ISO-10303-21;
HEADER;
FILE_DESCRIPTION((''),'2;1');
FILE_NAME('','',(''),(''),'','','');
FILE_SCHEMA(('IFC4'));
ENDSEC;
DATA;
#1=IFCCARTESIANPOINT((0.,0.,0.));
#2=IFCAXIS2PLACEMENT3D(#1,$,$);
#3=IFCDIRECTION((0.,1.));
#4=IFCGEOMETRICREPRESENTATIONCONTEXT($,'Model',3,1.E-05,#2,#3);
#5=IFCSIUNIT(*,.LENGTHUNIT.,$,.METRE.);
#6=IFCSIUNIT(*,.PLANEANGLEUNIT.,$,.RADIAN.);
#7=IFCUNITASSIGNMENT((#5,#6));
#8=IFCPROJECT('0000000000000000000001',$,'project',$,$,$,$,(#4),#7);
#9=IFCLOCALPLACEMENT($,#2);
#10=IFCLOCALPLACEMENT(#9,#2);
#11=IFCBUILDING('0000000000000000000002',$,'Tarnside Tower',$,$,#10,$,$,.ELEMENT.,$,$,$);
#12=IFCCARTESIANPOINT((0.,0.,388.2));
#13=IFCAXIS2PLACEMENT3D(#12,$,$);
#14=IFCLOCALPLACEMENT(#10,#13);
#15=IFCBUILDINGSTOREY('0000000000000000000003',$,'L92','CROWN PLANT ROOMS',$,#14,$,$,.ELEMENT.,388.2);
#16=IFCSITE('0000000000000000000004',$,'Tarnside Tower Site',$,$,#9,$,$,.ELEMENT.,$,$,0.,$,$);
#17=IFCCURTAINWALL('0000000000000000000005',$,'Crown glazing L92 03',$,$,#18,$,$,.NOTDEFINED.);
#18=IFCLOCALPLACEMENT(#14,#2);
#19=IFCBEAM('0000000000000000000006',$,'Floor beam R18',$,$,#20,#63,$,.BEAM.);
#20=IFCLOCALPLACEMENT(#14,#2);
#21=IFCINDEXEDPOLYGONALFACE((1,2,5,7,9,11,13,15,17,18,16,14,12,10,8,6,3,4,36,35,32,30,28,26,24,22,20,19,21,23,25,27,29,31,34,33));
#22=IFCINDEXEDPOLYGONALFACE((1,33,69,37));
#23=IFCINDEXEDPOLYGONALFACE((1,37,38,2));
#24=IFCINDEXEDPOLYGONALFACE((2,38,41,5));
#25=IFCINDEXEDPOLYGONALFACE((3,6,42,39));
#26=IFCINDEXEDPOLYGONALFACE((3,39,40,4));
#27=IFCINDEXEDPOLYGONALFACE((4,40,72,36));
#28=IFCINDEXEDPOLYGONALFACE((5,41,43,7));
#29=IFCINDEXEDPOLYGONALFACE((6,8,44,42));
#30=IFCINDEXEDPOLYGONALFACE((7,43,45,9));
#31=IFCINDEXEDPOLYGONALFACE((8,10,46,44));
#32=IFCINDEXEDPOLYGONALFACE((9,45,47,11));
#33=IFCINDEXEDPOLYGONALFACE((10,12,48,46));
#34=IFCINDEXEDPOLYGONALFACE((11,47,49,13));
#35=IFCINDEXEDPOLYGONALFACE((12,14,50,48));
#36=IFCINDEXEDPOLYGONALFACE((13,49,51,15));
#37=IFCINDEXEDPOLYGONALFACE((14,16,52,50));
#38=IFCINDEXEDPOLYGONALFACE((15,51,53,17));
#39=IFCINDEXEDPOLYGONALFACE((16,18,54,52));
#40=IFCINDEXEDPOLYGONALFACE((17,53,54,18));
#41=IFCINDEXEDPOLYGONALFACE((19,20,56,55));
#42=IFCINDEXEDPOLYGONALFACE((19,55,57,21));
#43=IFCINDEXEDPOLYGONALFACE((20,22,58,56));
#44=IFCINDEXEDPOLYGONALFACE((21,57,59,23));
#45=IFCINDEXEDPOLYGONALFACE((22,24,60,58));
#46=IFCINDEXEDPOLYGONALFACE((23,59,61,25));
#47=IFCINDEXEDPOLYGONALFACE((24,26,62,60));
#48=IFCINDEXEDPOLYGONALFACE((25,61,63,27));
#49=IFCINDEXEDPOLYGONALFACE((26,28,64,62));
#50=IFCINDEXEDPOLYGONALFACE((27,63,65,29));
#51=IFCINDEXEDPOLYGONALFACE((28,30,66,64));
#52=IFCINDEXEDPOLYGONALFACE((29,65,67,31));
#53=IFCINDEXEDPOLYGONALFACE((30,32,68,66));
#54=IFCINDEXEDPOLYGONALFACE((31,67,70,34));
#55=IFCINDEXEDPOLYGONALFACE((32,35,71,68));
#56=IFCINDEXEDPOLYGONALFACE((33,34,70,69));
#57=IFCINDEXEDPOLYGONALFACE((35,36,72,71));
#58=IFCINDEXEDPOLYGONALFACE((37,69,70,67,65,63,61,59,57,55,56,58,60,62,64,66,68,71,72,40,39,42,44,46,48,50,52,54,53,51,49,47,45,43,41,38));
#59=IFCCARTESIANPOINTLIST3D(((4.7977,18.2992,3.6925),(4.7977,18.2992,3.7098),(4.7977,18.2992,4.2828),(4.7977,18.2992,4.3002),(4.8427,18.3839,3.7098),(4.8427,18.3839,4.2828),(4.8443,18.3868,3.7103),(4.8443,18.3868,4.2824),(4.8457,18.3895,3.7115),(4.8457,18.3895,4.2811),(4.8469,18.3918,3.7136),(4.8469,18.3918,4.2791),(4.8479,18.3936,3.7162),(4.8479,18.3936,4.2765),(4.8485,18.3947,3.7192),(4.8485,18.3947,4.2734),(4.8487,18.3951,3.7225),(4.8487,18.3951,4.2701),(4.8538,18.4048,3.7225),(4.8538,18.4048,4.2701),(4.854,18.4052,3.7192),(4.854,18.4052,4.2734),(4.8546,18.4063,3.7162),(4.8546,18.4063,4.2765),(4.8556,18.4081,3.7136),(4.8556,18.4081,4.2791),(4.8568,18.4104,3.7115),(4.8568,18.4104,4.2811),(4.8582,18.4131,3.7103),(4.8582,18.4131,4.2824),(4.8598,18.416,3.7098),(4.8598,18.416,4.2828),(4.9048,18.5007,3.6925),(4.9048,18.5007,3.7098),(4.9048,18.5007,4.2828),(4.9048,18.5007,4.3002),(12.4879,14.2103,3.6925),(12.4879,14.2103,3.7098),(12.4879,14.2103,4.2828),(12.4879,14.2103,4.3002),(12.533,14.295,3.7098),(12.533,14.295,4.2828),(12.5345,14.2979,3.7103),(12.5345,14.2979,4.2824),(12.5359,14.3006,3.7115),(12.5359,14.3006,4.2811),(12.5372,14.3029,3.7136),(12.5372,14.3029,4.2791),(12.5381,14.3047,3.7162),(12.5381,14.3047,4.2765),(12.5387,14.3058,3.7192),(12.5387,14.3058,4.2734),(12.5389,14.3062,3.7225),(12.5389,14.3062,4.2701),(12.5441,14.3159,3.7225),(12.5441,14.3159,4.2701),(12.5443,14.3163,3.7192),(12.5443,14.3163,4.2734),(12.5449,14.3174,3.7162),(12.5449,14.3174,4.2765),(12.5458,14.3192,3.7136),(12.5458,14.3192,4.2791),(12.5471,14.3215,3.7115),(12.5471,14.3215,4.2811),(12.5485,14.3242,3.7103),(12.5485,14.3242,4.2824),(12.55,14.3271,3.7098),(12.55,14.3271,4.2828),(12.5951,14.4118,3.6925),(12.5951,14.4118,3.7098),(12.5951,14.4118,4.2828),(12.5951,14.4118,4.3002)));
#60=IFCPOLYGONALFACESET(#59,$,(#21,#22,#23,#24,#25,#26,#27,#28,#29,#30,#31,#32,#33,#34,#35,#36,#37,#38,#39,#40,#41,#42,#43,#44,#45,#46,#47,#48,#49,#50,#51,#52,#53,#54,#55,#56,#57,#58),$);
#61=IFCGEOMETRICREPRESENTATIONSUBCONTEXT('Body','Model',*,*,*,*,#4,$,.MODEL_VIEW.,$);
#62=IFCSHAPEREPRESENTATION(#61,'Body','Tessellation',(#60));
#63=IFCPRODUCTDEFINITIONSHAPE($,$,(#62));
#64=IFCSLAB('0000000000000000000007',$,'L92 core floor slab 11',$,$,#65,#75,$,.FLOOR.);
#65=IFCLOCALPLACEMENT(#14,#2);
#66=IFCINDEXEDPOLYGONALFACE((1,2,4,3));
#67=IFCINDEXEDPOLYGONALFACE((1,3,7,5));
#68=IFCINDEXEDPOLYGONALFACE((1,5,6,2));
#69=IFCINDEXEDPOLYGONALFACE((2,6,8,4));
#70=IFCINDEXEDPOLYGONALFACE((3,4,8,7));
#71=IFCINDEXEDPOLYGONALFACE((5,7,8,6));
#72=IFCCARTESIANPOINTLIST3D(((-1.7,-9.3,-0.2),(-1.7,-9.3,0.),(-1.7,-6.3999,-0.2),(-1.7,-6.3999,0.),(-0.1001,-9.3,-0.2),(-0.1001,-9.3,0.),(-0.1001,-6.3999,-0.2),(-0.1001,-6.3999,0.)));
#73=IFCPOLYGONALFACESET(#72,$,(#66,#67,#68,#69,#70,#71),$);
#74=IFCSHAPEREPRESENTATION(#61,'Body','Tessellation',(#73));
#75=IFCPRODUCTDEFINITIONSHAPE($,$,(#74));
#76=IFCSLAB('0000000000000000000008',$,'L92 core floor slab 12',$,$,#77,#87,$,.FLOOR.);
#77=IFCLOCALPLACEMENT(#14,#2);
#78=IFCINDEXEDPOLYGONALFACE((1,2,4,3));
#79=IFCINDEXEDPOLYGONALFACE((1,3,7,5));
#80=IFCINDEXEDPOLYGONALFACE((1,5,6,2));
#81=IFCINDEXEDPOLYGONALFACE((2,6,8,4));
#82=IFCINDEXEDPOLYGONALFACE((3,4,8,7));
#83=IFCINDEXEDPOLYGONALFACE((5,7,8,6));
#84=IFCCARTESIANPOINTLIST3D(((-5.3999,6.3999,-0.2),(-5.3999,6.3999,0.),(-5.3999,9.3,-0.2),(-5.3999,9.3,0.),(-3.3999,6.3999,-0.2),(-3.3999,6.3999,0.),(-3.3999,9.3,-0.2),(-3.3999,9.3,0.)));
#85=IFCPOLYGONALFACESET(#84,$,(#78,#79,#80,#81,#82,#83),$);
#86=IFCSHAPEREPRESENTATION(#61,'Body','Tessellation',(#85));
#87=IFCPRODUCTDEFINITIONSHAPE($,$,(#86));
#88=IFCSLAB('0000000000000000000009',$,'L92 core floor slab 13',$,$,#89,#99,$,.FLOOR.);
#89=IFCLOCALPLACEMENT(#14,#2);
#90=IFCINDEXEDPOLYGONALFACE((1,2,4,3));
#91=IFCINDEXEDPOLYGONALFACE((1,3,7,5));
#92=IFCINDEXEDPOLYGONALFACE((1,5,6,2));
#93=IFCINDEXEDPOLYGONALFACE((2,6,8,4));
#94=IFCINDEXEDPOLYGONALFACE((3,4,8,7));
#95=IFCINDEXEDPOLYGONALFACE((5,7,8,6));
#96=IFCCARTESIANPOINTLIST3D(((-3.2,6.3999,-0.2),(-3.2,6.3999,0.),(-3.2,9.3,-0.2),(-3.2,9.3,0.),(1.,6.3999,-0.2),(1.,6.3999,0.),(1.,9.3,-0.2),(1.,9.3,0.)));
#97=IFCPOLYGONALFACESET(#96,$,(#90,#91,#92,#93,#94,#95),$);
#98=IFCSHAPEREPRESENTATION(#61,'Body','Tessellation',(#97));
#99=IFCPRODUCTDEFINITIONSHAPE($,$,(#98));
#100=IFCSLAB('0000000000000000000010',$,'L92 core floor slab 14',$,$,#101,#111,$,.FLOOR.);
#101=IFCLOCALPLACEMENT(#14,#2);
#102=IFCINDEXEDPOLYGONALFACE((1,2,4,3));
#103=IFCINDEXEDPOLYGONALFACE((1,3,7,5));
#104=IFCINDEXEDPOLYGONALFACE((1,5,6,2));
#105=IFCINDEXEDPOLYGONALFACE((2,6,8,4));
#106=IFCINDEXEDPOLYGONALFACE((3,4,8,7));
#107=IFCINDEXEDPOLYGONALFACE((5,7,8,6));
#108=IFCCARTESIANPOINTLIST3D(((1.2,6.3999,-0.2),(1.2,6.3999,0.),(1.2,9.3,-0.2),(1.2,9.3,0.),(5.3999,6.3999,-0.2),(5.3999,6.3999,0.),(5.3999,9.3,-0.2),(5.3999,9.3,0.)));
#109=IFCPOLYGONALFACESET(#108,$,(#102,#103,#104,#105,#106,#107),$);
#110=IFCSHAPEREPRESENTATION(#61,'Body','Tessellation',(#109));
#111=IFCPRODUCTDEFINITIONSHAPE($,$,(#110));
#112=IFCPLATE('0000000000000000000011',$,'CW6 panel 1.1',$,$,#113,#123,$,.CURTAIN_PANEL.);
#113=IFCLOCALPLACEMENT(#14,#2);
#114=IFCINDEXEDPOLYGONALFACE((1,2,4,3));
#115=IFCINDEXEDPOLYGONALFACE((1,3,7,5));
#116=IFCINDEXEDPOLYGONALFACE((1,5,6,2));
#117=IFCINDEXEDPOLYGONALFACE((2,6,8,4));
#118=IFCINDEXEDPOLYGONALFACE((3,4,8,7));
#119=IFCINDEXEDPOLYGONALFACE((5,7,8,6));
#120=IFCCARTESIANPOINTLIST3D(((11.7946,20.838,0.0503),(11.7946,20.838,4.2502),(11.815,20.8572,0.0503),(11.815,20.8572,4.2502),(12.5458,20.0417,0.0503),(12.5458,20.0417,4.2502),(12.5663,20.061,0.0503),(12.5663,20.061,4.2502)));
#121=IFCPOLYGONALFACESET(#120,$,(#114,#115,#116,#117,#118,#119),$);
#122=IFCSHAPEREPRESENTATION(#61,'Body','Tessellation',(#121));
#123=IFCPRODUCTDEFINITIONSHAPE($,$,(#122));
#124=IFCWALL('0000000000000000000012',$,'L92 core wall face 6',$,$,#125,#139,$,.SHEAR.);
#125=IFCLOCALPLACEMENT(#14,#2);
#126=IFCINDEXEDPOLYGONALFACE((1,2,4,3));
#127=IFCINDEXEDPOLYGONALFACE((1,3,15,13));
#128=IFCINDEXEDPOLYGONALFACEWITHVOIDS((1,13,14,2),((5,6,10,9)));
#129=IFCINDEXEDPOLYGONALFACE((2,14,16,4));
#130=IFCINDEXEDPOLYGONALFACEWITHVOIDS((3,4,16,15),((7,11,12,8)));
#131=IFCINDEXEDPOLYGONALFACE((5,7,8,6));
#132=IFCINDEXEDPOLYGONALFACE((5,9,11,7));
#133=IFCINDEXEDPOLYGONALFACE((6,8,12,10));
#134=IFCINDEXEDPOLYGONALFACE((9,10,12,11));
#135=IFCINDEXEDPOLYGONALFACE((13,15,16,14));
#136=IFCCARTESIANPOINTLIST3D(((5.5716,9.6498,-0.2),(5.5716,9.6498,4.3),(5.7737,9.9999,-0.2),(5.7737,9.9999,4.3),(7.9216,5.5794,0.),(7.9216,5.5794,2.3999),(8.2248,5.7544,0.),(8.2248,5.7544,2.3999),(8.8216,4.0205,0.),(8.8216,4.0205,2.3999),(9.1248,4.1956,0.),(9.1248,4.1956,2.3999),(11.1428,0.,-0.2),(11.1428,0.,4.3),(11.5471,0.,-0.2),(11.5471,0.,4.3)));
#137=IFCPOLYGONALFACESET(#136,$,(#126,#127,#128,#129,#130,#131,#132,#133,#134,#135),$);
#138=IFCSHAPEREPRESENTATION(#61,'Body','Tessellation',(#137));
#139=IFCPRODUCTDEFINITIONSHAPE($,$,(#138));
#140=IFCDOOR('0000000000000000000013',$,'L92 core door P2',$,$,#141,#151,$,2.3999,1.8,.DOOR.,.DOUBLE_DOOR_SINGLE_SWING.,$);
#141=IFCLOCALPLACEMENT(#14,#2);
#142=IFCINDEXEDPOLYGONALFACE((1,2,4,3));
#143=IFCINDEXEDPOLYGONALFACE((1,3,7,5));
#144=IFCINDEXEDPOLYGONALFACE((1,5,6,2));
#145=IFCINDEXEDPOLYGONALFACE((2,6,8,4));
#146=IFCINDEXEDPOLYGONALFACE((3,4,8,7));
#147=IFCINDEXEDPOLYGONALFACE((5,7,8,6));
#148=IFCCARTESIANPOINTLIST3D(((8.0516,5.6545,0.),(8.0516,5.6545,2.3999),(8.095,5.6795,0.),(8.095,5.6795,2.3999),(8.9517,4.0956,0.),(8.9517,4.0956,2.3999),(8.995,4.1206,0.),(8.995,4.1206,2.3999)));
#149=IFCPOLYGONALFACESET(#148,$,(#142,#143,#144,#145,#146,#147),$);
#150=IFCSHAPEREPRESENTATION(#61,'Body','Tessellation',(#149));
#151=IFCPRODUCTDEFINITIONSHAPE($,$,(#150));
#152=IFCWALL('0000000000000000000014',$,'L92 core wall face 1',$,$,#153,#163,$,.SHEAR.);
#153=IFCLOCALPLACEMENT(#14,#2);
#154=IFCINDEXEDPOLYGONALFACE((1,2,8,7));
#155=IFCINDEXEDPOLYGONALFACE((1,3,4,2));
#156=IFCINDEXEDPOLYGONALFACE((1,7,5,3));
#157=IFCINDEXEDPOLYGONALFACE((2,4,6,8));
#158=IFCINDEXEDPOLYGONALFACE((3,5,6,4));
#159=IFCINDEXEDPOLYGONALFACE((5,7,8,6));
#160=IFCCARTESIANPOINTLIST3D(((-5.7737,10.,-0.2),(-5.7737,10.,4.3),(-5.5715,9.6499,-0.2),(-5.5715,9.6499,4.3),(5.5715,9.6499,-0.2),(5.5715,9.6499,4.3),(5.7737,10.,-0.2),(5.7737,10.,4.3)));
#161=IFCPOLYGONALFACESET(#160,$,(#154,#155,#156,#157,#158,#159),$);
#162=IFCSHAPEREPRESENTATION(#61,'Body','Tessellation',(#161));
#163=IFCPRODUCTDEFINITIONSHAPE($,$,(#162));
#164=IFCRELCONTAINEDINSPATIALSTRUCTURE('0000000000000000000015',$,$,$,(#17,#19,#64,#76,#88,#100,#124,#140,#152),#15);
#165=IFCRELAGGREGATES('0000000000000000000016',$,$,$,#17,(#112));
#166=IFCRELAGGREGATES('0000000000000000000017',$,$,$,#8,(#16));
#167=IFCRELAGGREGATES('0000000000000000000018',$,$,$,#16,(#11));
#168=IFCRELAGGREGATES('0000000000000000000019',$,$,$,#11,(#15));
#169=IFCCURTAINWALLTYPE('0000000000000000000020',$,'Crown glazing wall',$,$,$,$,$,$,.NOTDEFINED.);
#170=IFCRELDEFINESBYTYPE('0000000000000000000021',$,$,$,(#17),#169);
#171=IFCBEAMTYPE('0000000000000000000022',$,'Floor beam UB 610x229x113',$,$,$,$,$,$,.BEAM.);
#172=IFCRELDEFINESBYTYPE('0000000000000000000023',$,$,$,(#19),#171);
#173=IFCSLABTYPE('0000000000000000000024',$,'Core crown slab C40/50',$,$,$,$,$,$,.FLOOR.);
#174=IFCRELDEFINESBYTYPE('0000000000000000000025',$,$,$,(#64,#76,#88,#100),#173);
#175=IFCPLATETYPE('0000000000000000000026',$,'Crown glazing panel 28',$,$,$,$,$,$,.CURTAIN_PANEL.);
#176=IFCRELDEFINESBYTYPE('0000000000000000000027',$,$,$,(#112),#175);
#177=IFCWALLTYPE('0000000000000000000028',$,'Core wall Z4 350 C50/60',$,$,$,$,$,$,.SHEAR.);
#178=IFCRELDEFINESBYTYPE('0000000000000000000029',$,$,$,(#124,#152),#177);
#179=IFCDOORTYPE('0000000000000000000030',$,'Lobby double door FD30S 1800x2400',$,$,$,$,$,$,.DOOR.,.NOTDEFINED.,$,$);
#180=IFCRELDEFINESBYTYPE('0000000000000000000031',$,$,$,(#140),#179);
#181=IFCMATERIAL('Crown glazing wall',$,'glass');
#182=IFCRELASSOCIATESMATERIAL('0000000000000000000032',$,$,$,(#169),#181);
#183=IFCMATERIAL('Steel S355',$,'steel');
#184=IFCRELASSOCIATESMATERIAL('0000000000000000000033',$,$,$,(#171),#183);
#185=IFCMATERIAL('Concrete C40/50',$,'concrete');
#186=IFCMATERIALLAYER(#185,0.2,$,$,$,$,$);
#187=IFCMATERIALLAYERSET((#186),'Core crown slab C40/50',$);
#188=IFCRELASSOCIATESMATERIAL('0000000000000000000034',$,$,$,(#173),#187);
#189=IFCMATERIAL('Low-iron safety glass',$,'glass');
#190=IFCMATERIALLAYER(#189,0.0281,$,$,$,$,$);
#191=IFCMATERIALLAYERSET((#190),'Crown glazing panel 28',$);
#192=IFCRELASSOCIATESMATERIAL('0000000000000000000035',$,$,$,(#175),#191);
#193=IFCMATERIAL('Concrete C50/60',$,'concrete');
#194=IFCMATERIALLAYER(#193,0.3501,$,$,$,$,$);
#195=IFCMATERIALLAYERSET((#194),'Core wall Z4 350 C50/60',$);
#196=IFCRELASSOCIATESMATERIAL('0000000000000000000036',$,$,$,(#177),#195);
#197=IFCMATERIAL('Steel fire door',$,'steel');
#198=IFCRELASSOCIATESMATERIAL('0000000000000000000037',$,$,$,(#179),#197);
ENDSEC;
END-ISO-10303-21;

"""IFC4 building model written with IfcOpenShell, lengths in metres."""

from ifc_helpers import new_model, si_unit, direction, frame, frame_2d, origin, origin_2d, place, context, subcontext, project, spatial, polyline, rectangle, i_section, outline, extrude, material, layer, layer_set, material_profile, profile_set, type_object, element, fill, aggregate, save


model = new_model("IFC4")

# Units and contexts
model_context = context("Model", 3, precision=1e-05, world=origin(), true_north=direction((0.0, 1.0)))
body_context = subcontext(model_context, "Body", "Model", "MODEL_VIEW")
ifc_project = project(units=[si_unit("LENGTHUNIT", "METRE"), si_unit("PLANEANGLEUNIT", "RADIAN")], contexts=[model_context])

# Site, building, storey
site_placement = place(None, origin())
site = spatial("IfcSite", under=ifc_project, at=site_placement, Name="Tarnside Tower Site", CompositionType="ELEMENT", RefElevation=0.0)
building_placement = place(site_placement, origin())
building = spatial("IfcBuilding", under=site, at=building_placement, Name="Tarnside Tower", CompositionType="ELEMENT")
storey_placement = place(building_placement, frame((0.0, 0.0, 388.2)))
storey = spatial("IfcBuildingStorey", under=building, at=storey_placement, Name="L92", Description="CROWN PLANT ROOMS", CompositionType="ELEMENT", Elevation=388.2)

# Curtain wall
ifc_material_1 = material(Name="Crown glazing wall", Category="glass")
curtain_wall_type = type_object("IfcCurtainWallType", Name="Crown glazing wall", PredefinedType="NOTDEFINED", material=ifc_material_1)
curtain_wall_placement = place(storey_placement, origin())
curtain_wall = element("IfcCurtainWall", 1, at=curtain_wall_placement, inside=storey, type_object=curtain_wall_type, Name="Crown glazing L92 03", PredefinedType="NOTDEFINED")

# Beam
ifc_material_2 = material(Name="Steel S355", Category="steel")
ifc_material_profile_1 = material_profile(ifc_material_2, i_section(OverallWidth=0.2283, OverallDepth=0.6077, WebThickness=0.011, FlangeThickness=0.0173, FilletRadius=0.0127, at=origin_2d()), Name="UB 610x229x113")
ifc_profile_set_1 = profile_set([ifc_material_profile_1], Name="Steel S355")
beam_type_1 = type_object("IfcBeamType", Name="Floor beam UB 610x229x113", PredefinedType="BEAM", material=ifc_profile_set_1)
beam_1_placement = place(storey_placement, frame((12.5415, 14.311, 3.9963), z_axis=(-0.882951, 0.469465, 0.0), x_axis=(-0.469465, -0.882951, 0.0)))
element("IfcBeam", 2, at=beam_1_placement, inside=storey, type_object=beam_type_1, Name="Floor beam R18", PredefinedType="BEAM", context=body_context, shape_type="SweptSolid", body=[
    extrude(i_section(OverallWidth=0.2283, OverallDepth=0.6077, WebThickness=0.011, FlangeThickness=0.0173, FilletRadius=0.0127, at=origin_2d()), origin(), (0.0, 0.0, 1.0), 8.7097),
])

# Slabs
ifc_material_3 = material(Name="Concrete C40/50", Category="concrete")
ifc_layer_1 = layer(ifc_material_3, 0.2)
ifc_layer_set_1 = layer_set([ifc_layer_1], Name="Core crown slab C40/50")
slab_type = type_object("IfcSlabType", Name="Core crown slab C40/50", PredefinedType="FLOOR", material=ifc_layer_set_1)
slab_1_placement = place(storey_placement, frame((0.0, 0.0, -0.2)))
element("IfcSlab", 3, at=slab_1_placement, inside=storey, type_object=slab_type, Name="L92 core floor slab 11", PredefinedType="FLOOR", context=body_context, shape_type="SweptSolid", body=[
    extrude(outline(polyline([(-0.1001, -9.3), (-1.7, -9.3), (-1.7, -6.3999), (-0.1001, -6.3999), (-0.1001, -9.3)])), origin(), (0.0, 0.0, 1.0), 0.2),
])
slab_2_placement = place(storey_placement, frame((0.0, 0.0, -0.2)))
element("IfcSlab", 4, at=slab_2_placement, inside=storey, type_object=slab_type, Name="L92 core floor slab 12", PredefinedType="FLOOR", context=body_context, shape_type="SweptSolid", body=[
    extrude(outline(polyline([(-3.3999, 9.3), (-3.3999, 6.3999), (-5.3999, 6.3999), (-5.3999, 9.3), (-3.3999, 9.3)])), origin(), (0.0, 0.0, 1.0), 0.2),
])
slab_3_placement = place(storey_placement, frame((0.0, 0.0, -0.2)))
element("IfcSlab", 5, at=slab_3_placement, inside=storey, type_object=slab_type, Name="L92 core floor slab 13", PredefinedType="FLOOR", context=body_context, shape_type="SweptSolid", body=[
    extrude(outline(polyline([(1.0, 9.3), (1.0, 6.3999), (-3.2, 6.3999), (-3.2, 9.3), (1.0, 9.3)])), origin(), (0.0, 0.0, 1.0), 0.2),
])
slab_4_placement = place(storey_placement, frame((0.0, 0.0, -0.2)))
element("IfcSlab", 6, at=slab_4_placement, inside=storey, type_object=slab_type, Name="L92 core floor slab 14", PredefinedType="FLOOR", context=body_context, shape_type="SweptSolid", body=[
    extrude(outline(polyline([(5.3999, 6.3999), (1.2, 6.3999), (1.2, 9.3), (5.3999, 9.3), (5.3999, 6.3999)])), origin(), (0.0, 0.0, 1.0), 0.2),
])

# Plate
ifc_material_4 = material(Name="Low-iron safety glass", Category="glass")
ifc_layer_2 = layer(ifc_material_4, 0.0281)
ifc_layer_set_2 = layer_set([ifc_layer_2], Name="Crown glazing panel 28")
plate_type = type_object("IfcPlateType", Name="Crown glazing panel 28", PredefinedType="CURTAIN_PANEL", material=ifc_layer_set_2)
plate_placement = place(storey_placement, frame((12.1804, 20.4495, 0.0503), z_axis=(0.0, 0.0, 1.0), x_axis=(0.686242, -0.727374, 0.0)))
plate = element("IfcPlate", 7, at=plate_placement, type_object=plate_type, Name="CW6 panel 1.1", PredefinedType="CURTAIN_PANEL", context=body_context, shape_type="SweptSolid", body=[
    extrude(rectangle(XDim=1.0947, YDim=0.0281, at=origin_2d()), origin(), (0.0, 0.0, 1.0), 4.2),
])
aggregate(curtain_wall, [plate])

# Wall, opening, door
ifc_material_5 = material(Name="Concrete C50/60", Category="concrete")
ifc_layer_3 = layer(ifc_material_5, 0.3501)
ifc_layer_set_3 = layer_set([ifc_layer_3], Name="Core wall Z4 350 C50/60")
wall_type_1 = type_object("IfcWallType", Name="Core wall Z4 350 C50/60", PredefinedType="SHEAR", material=ifc_layer_set_3)
wall_1_placement = place(storey_placement, frame((11.345, 0.0, -0.2), z_axis=(0.0, 0.0, 1.0), x_axis=(-0.499995, 0.866028, 0.0)))
wall_1 = element("IfcWall", 8, at=wall_1_placement, inside=storey, type_object=wall_type_1, Name="L92 core wall face 6", PredefinedType="SHEAR", context=body_context, shape_type="SweptSolid", body=[
    extrude(outline(polyline([(-0.1011, -0.175), (11.4458, -0.175), (11.2437, 0.175), (0.1011, 0.175), (-0.1011, -0.175)])), origin(), (0.0, 0.0, 1.0), 4.5),
])
opening_1_placement = place(wall_1_placement, frame((4.7437, 0.0, 0.2)))
opening_1 = element("IfcOpeningElement", 9, at=opening_1_placement, cuts=wall_1, PredefinedType="OPENING", context=body_context, shape_type="SweptSolid", body=[
    extrude(rectangle(XDim=1.8, YDim=2.3999, at=frame_2d((0.8999, 1.2))), frame((0.0, 0.1851, 0.0), z_axis=(0.0, -1.0, 0.0), x_axis=(1.0, 0.0, 0.0)), (0.0, 0.0, 1.0), 0.3701),
])
ifc_material_6 = material(Name="Steel fire door", Category="steel")
door_type_1 = type_object("IfcDoorType", Name="Lobby double door FD30S 1800x2400", OperationType="NOTDEFINED", PredefinedType="DOOR", material=ifc_material_6)
door_1_placement = place(opening_1_placement, origin())
door_1 = element("IfcDoor", 10, at=door_1_placement, inside=storey, type_object=door_type_1, Name="L92 core door P2", OperationType="DOUBLE_DOOR_SINGLE_SWING", OverallHeight=2.3999, OverallWidth=1.8, PredefinedType="DOOR", context=body_context, shape_type="SweptSolid", body=[
    extrude(rectangle(XDim=1.8, YDim=2.3999, at=frame_2d((0.8999, 1.2))), frame((0.0, 0.0249, 0.0), z_axis=(0.0, -1.0, 0.0), x_axis=(1.0, 0.0, 0.0)), (0.0, 0.0, 1.0), 0.05),
])
fill(opening_1, door_1)

# Wall
wall_2_placement = place(storey_placement, frame((5.6726, 9.825, -0.2), z_axis=(0.0, 0.0, 1.0), x_axis=(-1.0, 0.0, 0.0)))
element("IfcWall", 11, at=wall_2_placement, inside=storey, type_object=wall_type_1, Name="L92 core wall face 1", PredefinedType="SHEAR", context=body_context, shape_type="SweptSolid", body=[
    extrude(outline(polyline([(-0.1011, -0.175), (11.4463, -0.175), (11.2441, 0.175), (0.1011, 0.175), (-0.1011, -0.175)])), origin(), (0.0, 0.0, 1.0), 4.5),
])

save(model, "model.ifc")
